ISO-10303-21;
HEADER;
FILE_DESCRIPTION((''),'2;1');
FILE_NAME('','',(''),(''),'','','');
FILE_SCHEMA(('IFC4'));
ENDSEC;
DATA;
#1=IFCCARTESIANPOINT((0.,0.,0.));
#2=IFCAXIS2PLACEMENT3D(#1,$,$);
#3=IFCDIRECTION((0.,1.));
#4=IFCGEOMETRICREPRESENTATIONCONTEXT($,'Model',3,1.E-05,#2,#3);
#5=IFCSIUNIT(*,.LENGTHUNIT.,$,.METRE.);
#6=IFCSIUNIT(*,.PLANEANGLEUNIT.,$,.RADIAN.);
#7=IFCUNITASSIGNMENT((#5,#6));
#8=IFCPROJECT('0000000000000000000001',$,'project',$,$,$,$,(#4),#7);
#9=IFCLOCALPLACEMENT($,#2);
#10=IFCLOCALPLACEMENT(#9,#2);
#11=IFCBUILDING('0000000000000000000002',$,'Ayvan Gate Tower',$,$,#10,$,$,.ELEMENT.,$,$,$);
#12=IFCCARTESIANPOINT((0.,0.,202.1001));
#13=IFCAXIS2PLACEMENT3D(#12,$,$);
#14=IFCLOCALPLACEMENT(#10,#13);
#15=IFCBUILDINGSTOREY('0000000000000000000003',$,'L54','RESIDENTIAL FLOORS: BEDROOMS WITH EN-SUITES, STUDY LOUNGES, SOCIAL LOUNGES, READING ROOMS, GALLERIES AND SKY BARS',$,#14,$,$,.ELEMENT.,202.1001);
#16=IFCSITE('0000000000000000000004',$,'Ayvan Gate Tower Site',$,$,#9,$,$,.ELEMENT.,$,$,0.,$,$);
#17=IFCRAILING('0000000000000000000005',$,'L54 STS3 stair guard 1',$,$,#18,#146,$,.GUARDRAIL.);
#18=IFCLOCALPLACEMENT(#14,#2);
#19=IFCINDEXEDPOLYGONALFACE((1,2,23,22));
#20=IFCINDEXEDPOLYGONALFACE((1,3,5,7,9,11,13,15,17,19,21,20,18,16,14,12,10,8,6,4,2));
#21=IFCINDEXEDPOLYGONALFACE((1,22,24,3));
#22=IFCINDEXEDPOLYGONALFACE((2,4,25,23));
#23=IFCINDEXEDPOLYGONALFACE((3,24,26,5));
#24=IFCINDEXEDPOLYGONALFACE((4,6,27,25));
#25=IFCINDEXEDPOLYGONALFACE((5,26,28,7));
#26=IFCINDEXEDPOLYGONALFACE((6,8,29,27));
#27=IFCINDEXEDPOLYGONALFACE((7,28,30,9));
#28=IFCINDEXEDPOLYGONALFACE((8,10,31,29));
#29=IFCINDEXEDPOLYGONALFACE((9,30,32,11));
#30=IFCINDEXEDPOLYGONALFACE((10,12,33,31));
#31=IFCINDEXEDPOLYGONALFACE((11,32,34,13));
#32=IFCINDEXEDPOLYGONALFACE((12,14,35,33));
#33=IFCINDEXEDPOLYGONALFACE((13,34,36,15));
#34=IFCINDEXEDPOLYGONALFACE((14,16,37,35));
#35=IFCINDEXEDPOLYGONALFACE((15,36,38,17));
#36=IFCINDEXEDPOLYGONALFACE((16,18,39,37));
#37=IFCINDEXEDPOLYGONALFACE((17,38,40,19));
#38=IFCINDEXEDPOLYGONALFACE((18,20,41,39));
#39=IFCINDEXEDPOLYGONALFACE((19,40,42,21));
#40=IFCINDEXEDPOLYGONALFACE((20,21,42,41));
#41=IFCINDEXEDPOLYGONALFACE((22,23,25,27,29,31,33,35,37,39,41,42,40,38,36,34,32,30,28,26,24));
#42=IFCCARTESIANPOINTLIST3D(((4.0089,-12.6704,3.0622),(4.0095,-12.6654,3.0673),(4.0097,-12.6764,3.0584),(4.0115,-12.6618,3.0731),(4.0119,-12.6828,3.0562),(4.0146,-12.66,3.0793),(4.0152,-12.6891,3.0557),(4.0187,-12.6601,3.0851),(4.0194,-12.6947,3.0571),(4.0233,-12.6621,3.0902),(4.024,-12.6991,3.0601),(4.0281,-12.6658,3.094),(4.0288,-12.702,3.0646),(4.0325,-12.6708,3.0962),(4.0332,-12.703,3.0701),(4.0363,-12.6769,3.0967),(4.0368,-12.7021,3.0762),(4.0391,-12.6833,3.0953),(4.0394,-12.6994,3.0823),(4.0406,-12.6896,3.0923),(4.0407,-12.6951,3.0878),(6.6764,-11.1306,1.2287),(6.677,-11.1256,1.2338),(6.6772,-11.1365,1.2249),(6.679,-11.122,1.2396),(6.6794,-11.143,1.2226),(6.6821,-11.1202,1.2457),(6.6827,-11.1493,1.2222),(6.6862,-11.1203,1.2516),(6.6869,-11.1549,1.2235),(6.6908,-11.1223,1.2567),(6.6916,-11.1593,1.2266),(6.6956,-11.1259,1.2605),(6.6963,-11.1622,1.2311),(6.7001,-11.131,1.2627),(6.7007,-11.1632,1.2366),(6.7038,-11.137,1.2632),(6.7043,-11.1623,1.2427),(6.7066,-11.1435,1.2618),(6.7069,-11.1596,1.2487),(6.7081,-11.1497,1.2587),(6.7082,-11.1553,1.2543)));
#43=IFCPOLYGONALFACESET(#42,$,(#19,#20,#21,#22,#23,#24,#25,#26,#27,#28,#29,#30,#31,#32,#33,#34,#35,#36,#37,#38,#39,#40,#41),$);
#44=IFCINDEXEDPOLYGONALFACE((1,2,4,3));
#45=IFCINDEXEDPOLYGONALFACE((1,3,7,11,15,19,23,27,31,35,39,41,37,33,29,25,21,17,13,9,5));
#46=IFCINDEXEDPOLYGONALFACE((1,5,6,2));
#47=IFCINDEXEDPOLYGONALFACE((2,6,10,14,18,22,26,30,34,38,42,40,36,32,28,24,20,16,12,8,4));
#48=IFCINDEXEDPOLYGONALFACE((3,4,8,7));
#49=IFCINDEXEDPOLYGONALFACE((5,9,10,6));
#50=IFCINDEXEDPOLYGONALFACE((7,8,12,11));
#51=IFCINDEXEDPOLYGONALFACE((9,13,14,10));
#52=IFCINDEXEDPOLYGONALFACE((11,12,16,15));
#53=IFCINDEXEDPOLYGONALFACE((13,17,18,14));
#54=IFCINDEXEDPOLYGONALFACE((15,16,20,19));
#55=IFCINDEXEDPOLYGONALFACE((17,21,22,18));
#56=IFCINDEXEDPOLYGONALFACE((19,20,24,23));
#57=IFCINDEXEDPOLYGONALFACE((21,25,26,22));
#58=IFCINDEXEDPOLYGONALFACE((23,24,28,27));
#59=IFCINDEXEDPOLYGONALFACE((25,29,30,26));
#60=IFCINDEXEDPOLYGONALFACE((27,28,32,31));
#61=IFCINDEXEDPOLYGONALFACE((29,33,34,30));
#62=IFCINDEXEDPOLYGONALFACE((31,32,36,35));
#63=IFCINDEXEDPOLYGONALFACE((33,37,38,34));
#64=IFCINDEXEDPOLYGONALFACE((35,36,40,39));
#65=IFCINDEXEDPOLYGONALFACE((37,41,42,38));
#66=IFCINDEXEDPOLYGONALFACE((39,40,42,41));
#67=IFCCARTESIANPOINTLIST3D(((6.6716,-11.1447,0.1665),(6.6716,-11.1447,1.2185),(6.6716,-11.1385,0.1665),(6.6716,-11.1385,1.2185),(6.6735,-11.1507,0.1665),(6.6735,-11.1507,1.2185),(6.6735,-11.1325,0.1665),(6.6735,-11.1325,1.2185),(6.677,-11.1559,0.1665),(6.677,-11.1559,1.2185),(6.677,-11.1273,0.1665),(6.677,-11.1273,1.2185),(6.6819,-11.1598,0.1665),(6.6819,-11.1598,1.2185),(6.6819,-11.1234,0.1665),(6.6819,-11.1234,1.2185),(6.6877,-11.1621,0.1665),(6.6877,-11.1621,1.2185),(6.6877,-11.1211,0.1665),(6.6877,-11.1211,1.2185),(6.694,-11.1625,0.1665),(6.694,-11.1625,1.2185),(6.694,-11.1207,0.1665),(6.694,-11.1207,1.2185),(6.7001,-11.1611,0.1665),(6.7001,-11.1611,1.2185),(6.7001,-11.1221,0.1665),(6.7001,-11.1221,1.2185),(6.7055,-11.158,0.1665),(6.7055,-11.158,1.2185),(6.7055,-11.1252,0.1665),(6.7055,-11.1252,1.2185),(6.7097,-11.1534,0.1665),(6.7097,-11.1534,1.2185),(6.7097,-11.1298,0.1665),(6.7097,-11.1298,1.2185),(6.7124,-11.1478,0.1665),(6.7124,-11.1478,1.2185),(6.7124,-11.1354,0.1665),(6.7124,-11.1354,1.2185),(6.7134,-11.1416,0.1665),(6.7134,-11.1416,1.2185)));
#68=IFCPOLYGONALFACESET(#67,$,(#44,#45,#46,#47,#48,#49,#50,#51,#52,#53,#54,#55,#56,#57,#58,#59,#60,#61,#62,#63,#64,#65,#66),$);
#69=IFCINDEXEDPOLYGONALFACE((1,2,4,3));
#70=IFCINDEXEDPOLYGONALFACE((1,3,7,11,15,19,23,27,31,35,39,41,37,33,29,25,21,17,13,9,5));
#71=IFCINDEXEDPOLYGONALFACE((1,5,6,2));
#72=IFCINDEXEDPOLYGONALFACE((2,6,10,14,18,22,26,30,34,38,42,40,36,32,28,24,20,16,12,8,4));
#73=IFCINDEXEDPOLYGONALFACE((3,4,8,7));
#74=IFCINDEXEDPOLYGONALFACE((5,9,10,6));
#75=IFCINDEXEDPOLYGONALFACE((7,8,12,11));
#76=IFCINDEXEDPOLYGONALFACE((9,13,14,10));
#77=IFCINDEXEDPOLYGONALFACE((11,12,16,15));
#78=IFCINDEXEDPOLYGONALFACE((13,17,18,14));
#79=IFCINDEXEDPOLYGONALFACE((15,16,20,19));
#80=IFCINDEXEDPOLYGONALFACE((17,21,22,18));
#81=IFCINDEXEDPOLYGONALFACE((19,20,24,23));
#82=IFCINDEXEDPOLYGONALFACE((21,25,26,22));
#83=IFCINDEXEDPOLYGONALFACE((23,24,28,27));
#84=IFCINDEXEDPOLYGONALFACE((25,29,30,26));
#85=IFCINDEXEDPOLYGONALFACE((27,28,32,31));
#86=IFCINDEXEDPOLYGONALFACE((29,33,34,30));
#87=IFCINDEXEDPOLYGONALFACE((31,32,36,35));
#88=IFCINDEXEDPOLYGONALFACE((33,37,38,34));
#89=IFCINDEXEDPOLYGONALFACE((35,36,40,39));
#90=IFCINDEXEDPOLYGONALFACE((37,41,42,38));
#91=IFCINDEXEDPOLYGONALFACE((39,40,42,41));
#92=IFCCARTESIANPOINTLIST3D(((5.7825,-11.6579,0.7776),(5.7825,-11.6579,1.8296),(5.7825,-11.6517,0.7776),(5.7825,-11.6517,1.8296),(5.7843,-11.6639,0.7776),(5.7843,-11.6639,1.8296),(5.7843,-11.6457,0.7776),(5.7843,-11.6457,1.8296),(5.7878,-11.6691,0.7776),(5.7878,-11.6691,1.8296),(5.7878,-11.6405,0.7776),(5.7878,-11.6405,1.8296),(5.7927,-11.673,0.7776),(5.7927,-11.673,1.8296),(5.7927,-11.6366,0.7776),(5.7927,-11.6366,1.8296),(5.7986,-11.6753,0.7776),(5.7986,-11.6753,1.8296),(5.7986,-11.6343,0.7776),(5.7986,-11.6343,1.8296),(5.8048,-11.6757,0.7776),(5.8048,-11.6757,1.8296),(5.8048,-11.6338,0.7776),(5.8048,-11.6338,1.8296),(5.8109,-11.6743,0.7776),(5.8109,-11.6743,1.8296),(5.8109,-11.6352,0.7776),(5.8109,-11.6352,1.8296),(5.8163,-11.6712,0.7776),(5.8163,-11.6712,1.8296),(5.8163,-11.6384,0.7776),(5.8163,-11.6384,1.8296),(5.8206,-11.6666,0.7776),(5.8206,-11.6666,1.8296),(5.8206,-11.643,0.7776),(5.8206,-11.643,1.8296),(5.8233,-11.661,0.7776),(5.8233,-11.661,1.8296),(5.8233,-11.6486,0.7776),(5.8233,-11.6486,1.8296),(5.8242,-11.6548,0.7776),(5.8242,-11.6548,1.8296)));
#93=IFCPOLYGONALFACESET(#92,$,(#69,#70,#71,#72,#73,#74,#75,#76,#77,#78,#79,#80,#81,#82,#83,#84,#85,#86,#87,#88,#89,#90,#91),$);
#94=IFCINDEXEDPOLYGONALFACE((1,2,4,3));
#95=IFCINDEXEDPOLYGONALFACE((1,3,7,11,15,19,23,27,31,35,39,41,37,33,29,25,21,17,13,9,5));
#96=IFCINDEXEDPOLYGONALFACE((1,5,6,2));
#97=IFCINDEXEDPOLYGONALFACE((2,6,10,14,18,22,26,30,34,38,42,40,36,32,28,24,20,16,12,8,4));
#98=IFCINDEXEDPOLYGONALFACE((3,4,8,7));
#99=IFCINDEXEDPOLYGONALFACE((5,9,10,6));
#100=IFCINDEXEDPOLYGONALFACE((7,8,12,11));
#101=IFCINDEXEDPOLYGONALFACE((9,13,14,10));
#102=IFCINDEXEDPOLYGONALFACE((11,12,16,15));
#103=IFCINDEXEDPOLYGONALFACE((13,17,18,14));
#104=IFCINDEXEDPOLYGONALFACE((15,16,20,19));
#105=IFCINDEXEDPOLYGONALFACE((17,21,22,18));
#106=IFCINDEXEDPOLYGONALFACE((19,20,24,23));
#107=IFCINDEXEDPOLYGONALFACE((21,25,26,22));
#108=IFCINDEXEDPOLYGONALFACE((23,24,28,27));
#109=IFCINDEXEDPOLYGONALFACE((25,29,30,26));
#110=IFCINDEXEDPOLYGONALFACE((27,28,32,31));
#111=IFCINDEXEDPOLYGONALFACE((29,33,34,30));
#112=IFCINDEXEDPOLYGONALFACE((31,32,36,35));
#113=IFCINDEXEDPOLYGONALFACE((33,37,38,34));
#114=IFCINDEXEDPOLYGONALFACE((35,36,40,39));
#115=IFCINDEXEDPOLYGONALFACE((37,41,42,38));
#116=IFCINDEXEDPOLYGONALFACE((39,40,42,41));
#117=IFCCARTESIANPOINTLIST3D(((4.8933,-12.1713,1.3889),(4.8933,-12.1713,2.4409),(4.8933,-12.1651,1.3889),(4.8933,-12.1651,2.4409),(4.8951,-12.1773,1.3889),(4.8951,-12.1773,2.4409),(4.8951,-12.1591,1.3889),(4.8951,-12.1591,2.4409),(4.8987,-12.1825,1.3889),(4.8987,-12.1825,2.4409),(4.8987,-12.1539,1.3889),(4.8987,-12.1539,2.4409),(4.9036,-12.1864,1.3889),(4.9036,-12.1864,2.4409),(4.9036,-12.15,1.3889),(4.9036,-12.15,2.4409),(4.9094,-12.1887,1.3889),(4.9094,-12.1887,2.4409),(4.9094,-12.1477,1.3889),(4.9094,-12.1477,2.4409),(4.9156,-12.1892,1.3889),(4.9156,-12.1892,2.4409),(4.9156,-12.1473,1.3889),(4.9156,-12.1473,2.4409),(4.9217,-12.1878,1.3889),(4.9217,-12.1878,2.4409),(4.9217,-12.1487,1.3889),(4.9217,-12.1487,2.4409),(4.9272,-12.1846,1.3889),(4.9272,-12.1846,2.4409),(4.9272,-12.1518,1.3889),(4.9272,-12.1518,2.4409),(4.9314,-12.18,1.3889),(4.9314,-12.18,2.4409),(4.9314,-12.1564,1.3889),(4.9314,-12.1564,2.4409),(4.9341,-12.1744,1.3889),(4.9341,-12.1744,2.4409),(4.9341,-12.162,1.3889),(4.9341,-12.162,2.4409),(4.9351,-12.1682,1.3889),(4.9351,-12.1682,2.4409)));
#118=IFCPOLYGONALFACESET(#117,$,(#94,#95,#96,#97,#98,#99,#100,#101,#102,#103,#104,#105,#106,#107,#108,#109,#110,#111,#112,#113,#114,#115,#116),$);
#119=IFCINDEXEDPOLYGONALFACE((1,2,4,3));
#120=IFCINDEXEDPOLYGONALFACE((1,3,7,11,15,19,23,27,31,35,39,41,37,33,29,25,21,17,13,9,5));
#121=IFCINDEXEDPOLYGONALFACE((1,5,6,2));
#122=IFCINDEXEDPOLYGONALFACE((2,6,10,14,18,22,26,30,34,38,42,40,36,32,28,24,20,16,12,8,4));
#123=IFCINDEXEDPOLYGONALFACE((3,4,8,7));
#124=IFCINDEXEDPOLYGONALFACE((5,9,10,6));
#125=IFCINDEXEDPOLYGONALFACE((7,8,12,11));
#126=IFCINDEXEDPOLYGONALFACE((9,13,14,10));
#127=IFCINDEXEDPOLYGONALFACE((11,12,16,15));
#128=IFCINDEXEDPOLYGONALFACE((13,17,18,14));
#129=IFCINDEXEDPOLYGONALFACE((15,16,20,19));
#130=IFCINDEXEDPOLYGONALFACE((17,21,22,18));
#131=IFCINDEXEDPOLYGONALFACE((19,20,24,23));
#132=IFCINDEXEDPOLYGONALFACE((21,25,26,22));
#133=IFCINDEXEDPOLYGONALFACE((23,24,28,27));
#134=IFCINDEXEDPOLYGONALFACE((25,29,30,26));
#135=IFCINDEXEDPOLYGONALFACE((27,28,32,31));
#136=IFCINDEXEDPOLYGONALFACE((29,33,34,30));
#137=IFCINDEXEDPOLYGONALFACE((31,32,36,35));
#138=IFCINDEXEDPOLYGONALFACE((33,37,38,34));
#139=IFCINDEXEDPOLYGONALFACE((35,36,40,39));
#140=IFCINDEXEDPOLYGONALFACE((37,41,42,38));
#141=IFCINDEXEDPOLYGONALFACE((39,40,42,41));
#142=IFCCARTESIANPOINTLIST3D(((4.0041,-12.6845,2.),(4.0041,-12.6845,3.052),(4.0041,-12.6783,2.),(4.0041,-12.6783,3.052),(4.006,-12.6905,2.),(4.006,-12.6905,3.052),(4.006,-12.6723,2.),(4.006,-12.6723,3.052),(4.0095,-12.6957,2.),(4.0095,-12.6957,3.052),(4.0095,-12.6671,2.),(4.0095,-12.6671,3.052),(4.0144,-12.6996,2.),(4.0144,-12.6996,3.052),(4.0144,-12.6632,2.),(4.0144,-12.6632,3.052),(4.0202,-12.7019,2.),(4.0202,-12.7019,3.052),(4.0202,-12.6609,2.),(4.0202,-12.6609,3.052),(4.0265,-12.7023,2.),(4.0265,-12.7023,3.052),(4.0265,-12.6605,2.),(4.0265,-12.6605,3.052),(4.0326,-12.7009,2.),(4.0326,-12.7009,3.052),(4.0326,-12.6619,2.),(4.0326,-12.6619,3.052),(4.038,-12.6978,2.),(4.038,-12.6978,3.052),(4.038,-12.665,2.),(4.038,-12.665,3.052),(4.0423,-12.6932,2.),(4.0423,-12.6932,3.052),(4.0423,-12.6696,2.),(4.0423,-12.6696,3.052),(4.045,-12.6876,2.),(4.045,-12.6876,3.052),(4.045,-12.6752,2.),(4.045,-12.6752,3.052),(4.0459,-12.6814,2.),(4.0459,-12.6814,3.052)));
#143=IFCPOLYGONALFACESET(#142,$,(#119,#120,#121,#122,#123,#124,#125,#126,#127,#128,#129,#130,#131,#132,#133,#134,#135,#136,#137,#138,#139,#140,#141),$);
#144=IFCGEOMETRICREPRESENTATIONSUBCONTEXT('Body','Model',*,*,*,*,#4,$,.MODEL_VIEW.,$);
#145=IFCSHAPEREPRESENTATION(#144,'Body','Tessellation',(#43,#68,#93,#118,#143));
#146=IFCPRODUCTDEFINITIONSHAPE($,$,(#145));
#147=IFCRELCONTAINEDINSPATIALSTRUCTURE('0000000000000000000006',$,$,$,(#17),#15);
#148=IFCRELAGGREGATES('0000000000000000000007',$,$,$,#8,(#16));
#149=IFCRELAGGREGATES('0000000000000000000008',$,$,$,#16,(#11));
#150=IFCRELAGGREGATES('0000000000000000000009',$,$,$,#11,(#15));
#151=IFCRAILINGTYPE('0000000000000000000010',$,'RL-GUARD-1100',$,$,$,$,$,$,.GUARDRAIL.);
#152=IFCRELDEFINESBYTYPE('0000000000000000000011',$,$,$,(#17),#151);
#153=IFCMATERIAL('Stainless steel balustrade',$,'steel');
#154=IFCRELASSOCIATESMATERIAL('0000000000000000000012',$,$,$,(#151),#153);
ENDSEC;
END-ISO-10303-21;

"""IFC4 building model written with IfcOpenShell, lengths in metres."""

from ifc_helpers import new_model, si_unit, direction, frame, origin, origin_2d, place, context, subcontext, project, spatial, circle, extrude, material, type_object, element, save


model = new_model("IFC4")

# Units and contexts
model_context = context("Model", 3, precision=1e-05, world=origin(), true_north=direction((0.0, 1.0)))
body_context = subcontext(model_context, "Body", "Model", "MODEL_VIEW")
ifc_project = project(units=[si_unit("LENGTHUNIT", "METRE"), si_unit("PLANEANGLEUNIT", "RADIAN")], contexts=[model_context])

# Site, building, storey
site_placement = place(None, origin())
site = spatial("IfcSite", under=ifc_project, at=site_placement, Name="Ayvan Gate Tower Site", CompositionType="ELEMENT", RefElevation=0.0)
building_placement = place(site_placement, origin())
building = spatial("IfcBuilding", under=site, at=building_placement, Name="Ayvan Gate Tower", CompositionType="ELEMENT")
storey_placement = place(building_placement, frame((0.0, 0.0, 202.1001)))
storey = spatial("IfcBuildingStorey", under=building, at=storey_placement, Name="L54", Description="RESIDENTIAL FLOORS: BEDROOMS WITH EN-SUITES, STUDY LOUNGES, SOCIAL LOUNGES, READING ROOMS, GALLERIES AND SKY BARS", CompositionType="ELEMENT", Elevation=202.1001)

# Railing
ifc_material_1 = material(Name="Stainless steel balustrade", Category="steel")
railing_type_1 = type_object("IfcRailingType", Name="RL-GUARD-1100", PredefinedType="GUARDRAIL", material=ifc_material_1)
railing_1_placement = place(storey_placement, frame((6.6924, -11.1416, 0.1665)))
element("IfcRailing", 1, at=railing_1_placement, inside=storey, type_object=railing_type_1, Name="L54 STS3 stair guard 1", PredefinedType="GUARDRAIL", context=body_context, shape_type="SweptSolid", body=[
    extrude(circle(Radius=0.0239, at=origin_2d()), frame((0.0, 0.0, 1.0762), z_axis=(-0.744186, -0.429579, 0.511517), x_axis=(0.499933, -0.866064, 0.0)), (0.0, 0.0, 1.0), 3.5845),
    extrude(circle(Radius=0.021, at=origin_2d()), origin(), (0.0, 0.0, 1.0), 1.052),
    extrude(circle(Radius=0.021, at=origin_2d()), frame((-0.8892, -0.5132, 0.6111)), (0.0, 0.0, 1.0), 1.052),
    extrude(circle(Radius=0.021, at=origin_2d()), frame((-1.7783, -1.0266, 1.2224)), (0.0, 0.0, 1.0), 1.052),
    extrude(circle(Radius=0.021, at=origin_2d()), frame((-2.6675, -1.5398, 1.8335)), (0.0, 0.0, 1.0), 1.052),
])

save(model, "model.ifc")
